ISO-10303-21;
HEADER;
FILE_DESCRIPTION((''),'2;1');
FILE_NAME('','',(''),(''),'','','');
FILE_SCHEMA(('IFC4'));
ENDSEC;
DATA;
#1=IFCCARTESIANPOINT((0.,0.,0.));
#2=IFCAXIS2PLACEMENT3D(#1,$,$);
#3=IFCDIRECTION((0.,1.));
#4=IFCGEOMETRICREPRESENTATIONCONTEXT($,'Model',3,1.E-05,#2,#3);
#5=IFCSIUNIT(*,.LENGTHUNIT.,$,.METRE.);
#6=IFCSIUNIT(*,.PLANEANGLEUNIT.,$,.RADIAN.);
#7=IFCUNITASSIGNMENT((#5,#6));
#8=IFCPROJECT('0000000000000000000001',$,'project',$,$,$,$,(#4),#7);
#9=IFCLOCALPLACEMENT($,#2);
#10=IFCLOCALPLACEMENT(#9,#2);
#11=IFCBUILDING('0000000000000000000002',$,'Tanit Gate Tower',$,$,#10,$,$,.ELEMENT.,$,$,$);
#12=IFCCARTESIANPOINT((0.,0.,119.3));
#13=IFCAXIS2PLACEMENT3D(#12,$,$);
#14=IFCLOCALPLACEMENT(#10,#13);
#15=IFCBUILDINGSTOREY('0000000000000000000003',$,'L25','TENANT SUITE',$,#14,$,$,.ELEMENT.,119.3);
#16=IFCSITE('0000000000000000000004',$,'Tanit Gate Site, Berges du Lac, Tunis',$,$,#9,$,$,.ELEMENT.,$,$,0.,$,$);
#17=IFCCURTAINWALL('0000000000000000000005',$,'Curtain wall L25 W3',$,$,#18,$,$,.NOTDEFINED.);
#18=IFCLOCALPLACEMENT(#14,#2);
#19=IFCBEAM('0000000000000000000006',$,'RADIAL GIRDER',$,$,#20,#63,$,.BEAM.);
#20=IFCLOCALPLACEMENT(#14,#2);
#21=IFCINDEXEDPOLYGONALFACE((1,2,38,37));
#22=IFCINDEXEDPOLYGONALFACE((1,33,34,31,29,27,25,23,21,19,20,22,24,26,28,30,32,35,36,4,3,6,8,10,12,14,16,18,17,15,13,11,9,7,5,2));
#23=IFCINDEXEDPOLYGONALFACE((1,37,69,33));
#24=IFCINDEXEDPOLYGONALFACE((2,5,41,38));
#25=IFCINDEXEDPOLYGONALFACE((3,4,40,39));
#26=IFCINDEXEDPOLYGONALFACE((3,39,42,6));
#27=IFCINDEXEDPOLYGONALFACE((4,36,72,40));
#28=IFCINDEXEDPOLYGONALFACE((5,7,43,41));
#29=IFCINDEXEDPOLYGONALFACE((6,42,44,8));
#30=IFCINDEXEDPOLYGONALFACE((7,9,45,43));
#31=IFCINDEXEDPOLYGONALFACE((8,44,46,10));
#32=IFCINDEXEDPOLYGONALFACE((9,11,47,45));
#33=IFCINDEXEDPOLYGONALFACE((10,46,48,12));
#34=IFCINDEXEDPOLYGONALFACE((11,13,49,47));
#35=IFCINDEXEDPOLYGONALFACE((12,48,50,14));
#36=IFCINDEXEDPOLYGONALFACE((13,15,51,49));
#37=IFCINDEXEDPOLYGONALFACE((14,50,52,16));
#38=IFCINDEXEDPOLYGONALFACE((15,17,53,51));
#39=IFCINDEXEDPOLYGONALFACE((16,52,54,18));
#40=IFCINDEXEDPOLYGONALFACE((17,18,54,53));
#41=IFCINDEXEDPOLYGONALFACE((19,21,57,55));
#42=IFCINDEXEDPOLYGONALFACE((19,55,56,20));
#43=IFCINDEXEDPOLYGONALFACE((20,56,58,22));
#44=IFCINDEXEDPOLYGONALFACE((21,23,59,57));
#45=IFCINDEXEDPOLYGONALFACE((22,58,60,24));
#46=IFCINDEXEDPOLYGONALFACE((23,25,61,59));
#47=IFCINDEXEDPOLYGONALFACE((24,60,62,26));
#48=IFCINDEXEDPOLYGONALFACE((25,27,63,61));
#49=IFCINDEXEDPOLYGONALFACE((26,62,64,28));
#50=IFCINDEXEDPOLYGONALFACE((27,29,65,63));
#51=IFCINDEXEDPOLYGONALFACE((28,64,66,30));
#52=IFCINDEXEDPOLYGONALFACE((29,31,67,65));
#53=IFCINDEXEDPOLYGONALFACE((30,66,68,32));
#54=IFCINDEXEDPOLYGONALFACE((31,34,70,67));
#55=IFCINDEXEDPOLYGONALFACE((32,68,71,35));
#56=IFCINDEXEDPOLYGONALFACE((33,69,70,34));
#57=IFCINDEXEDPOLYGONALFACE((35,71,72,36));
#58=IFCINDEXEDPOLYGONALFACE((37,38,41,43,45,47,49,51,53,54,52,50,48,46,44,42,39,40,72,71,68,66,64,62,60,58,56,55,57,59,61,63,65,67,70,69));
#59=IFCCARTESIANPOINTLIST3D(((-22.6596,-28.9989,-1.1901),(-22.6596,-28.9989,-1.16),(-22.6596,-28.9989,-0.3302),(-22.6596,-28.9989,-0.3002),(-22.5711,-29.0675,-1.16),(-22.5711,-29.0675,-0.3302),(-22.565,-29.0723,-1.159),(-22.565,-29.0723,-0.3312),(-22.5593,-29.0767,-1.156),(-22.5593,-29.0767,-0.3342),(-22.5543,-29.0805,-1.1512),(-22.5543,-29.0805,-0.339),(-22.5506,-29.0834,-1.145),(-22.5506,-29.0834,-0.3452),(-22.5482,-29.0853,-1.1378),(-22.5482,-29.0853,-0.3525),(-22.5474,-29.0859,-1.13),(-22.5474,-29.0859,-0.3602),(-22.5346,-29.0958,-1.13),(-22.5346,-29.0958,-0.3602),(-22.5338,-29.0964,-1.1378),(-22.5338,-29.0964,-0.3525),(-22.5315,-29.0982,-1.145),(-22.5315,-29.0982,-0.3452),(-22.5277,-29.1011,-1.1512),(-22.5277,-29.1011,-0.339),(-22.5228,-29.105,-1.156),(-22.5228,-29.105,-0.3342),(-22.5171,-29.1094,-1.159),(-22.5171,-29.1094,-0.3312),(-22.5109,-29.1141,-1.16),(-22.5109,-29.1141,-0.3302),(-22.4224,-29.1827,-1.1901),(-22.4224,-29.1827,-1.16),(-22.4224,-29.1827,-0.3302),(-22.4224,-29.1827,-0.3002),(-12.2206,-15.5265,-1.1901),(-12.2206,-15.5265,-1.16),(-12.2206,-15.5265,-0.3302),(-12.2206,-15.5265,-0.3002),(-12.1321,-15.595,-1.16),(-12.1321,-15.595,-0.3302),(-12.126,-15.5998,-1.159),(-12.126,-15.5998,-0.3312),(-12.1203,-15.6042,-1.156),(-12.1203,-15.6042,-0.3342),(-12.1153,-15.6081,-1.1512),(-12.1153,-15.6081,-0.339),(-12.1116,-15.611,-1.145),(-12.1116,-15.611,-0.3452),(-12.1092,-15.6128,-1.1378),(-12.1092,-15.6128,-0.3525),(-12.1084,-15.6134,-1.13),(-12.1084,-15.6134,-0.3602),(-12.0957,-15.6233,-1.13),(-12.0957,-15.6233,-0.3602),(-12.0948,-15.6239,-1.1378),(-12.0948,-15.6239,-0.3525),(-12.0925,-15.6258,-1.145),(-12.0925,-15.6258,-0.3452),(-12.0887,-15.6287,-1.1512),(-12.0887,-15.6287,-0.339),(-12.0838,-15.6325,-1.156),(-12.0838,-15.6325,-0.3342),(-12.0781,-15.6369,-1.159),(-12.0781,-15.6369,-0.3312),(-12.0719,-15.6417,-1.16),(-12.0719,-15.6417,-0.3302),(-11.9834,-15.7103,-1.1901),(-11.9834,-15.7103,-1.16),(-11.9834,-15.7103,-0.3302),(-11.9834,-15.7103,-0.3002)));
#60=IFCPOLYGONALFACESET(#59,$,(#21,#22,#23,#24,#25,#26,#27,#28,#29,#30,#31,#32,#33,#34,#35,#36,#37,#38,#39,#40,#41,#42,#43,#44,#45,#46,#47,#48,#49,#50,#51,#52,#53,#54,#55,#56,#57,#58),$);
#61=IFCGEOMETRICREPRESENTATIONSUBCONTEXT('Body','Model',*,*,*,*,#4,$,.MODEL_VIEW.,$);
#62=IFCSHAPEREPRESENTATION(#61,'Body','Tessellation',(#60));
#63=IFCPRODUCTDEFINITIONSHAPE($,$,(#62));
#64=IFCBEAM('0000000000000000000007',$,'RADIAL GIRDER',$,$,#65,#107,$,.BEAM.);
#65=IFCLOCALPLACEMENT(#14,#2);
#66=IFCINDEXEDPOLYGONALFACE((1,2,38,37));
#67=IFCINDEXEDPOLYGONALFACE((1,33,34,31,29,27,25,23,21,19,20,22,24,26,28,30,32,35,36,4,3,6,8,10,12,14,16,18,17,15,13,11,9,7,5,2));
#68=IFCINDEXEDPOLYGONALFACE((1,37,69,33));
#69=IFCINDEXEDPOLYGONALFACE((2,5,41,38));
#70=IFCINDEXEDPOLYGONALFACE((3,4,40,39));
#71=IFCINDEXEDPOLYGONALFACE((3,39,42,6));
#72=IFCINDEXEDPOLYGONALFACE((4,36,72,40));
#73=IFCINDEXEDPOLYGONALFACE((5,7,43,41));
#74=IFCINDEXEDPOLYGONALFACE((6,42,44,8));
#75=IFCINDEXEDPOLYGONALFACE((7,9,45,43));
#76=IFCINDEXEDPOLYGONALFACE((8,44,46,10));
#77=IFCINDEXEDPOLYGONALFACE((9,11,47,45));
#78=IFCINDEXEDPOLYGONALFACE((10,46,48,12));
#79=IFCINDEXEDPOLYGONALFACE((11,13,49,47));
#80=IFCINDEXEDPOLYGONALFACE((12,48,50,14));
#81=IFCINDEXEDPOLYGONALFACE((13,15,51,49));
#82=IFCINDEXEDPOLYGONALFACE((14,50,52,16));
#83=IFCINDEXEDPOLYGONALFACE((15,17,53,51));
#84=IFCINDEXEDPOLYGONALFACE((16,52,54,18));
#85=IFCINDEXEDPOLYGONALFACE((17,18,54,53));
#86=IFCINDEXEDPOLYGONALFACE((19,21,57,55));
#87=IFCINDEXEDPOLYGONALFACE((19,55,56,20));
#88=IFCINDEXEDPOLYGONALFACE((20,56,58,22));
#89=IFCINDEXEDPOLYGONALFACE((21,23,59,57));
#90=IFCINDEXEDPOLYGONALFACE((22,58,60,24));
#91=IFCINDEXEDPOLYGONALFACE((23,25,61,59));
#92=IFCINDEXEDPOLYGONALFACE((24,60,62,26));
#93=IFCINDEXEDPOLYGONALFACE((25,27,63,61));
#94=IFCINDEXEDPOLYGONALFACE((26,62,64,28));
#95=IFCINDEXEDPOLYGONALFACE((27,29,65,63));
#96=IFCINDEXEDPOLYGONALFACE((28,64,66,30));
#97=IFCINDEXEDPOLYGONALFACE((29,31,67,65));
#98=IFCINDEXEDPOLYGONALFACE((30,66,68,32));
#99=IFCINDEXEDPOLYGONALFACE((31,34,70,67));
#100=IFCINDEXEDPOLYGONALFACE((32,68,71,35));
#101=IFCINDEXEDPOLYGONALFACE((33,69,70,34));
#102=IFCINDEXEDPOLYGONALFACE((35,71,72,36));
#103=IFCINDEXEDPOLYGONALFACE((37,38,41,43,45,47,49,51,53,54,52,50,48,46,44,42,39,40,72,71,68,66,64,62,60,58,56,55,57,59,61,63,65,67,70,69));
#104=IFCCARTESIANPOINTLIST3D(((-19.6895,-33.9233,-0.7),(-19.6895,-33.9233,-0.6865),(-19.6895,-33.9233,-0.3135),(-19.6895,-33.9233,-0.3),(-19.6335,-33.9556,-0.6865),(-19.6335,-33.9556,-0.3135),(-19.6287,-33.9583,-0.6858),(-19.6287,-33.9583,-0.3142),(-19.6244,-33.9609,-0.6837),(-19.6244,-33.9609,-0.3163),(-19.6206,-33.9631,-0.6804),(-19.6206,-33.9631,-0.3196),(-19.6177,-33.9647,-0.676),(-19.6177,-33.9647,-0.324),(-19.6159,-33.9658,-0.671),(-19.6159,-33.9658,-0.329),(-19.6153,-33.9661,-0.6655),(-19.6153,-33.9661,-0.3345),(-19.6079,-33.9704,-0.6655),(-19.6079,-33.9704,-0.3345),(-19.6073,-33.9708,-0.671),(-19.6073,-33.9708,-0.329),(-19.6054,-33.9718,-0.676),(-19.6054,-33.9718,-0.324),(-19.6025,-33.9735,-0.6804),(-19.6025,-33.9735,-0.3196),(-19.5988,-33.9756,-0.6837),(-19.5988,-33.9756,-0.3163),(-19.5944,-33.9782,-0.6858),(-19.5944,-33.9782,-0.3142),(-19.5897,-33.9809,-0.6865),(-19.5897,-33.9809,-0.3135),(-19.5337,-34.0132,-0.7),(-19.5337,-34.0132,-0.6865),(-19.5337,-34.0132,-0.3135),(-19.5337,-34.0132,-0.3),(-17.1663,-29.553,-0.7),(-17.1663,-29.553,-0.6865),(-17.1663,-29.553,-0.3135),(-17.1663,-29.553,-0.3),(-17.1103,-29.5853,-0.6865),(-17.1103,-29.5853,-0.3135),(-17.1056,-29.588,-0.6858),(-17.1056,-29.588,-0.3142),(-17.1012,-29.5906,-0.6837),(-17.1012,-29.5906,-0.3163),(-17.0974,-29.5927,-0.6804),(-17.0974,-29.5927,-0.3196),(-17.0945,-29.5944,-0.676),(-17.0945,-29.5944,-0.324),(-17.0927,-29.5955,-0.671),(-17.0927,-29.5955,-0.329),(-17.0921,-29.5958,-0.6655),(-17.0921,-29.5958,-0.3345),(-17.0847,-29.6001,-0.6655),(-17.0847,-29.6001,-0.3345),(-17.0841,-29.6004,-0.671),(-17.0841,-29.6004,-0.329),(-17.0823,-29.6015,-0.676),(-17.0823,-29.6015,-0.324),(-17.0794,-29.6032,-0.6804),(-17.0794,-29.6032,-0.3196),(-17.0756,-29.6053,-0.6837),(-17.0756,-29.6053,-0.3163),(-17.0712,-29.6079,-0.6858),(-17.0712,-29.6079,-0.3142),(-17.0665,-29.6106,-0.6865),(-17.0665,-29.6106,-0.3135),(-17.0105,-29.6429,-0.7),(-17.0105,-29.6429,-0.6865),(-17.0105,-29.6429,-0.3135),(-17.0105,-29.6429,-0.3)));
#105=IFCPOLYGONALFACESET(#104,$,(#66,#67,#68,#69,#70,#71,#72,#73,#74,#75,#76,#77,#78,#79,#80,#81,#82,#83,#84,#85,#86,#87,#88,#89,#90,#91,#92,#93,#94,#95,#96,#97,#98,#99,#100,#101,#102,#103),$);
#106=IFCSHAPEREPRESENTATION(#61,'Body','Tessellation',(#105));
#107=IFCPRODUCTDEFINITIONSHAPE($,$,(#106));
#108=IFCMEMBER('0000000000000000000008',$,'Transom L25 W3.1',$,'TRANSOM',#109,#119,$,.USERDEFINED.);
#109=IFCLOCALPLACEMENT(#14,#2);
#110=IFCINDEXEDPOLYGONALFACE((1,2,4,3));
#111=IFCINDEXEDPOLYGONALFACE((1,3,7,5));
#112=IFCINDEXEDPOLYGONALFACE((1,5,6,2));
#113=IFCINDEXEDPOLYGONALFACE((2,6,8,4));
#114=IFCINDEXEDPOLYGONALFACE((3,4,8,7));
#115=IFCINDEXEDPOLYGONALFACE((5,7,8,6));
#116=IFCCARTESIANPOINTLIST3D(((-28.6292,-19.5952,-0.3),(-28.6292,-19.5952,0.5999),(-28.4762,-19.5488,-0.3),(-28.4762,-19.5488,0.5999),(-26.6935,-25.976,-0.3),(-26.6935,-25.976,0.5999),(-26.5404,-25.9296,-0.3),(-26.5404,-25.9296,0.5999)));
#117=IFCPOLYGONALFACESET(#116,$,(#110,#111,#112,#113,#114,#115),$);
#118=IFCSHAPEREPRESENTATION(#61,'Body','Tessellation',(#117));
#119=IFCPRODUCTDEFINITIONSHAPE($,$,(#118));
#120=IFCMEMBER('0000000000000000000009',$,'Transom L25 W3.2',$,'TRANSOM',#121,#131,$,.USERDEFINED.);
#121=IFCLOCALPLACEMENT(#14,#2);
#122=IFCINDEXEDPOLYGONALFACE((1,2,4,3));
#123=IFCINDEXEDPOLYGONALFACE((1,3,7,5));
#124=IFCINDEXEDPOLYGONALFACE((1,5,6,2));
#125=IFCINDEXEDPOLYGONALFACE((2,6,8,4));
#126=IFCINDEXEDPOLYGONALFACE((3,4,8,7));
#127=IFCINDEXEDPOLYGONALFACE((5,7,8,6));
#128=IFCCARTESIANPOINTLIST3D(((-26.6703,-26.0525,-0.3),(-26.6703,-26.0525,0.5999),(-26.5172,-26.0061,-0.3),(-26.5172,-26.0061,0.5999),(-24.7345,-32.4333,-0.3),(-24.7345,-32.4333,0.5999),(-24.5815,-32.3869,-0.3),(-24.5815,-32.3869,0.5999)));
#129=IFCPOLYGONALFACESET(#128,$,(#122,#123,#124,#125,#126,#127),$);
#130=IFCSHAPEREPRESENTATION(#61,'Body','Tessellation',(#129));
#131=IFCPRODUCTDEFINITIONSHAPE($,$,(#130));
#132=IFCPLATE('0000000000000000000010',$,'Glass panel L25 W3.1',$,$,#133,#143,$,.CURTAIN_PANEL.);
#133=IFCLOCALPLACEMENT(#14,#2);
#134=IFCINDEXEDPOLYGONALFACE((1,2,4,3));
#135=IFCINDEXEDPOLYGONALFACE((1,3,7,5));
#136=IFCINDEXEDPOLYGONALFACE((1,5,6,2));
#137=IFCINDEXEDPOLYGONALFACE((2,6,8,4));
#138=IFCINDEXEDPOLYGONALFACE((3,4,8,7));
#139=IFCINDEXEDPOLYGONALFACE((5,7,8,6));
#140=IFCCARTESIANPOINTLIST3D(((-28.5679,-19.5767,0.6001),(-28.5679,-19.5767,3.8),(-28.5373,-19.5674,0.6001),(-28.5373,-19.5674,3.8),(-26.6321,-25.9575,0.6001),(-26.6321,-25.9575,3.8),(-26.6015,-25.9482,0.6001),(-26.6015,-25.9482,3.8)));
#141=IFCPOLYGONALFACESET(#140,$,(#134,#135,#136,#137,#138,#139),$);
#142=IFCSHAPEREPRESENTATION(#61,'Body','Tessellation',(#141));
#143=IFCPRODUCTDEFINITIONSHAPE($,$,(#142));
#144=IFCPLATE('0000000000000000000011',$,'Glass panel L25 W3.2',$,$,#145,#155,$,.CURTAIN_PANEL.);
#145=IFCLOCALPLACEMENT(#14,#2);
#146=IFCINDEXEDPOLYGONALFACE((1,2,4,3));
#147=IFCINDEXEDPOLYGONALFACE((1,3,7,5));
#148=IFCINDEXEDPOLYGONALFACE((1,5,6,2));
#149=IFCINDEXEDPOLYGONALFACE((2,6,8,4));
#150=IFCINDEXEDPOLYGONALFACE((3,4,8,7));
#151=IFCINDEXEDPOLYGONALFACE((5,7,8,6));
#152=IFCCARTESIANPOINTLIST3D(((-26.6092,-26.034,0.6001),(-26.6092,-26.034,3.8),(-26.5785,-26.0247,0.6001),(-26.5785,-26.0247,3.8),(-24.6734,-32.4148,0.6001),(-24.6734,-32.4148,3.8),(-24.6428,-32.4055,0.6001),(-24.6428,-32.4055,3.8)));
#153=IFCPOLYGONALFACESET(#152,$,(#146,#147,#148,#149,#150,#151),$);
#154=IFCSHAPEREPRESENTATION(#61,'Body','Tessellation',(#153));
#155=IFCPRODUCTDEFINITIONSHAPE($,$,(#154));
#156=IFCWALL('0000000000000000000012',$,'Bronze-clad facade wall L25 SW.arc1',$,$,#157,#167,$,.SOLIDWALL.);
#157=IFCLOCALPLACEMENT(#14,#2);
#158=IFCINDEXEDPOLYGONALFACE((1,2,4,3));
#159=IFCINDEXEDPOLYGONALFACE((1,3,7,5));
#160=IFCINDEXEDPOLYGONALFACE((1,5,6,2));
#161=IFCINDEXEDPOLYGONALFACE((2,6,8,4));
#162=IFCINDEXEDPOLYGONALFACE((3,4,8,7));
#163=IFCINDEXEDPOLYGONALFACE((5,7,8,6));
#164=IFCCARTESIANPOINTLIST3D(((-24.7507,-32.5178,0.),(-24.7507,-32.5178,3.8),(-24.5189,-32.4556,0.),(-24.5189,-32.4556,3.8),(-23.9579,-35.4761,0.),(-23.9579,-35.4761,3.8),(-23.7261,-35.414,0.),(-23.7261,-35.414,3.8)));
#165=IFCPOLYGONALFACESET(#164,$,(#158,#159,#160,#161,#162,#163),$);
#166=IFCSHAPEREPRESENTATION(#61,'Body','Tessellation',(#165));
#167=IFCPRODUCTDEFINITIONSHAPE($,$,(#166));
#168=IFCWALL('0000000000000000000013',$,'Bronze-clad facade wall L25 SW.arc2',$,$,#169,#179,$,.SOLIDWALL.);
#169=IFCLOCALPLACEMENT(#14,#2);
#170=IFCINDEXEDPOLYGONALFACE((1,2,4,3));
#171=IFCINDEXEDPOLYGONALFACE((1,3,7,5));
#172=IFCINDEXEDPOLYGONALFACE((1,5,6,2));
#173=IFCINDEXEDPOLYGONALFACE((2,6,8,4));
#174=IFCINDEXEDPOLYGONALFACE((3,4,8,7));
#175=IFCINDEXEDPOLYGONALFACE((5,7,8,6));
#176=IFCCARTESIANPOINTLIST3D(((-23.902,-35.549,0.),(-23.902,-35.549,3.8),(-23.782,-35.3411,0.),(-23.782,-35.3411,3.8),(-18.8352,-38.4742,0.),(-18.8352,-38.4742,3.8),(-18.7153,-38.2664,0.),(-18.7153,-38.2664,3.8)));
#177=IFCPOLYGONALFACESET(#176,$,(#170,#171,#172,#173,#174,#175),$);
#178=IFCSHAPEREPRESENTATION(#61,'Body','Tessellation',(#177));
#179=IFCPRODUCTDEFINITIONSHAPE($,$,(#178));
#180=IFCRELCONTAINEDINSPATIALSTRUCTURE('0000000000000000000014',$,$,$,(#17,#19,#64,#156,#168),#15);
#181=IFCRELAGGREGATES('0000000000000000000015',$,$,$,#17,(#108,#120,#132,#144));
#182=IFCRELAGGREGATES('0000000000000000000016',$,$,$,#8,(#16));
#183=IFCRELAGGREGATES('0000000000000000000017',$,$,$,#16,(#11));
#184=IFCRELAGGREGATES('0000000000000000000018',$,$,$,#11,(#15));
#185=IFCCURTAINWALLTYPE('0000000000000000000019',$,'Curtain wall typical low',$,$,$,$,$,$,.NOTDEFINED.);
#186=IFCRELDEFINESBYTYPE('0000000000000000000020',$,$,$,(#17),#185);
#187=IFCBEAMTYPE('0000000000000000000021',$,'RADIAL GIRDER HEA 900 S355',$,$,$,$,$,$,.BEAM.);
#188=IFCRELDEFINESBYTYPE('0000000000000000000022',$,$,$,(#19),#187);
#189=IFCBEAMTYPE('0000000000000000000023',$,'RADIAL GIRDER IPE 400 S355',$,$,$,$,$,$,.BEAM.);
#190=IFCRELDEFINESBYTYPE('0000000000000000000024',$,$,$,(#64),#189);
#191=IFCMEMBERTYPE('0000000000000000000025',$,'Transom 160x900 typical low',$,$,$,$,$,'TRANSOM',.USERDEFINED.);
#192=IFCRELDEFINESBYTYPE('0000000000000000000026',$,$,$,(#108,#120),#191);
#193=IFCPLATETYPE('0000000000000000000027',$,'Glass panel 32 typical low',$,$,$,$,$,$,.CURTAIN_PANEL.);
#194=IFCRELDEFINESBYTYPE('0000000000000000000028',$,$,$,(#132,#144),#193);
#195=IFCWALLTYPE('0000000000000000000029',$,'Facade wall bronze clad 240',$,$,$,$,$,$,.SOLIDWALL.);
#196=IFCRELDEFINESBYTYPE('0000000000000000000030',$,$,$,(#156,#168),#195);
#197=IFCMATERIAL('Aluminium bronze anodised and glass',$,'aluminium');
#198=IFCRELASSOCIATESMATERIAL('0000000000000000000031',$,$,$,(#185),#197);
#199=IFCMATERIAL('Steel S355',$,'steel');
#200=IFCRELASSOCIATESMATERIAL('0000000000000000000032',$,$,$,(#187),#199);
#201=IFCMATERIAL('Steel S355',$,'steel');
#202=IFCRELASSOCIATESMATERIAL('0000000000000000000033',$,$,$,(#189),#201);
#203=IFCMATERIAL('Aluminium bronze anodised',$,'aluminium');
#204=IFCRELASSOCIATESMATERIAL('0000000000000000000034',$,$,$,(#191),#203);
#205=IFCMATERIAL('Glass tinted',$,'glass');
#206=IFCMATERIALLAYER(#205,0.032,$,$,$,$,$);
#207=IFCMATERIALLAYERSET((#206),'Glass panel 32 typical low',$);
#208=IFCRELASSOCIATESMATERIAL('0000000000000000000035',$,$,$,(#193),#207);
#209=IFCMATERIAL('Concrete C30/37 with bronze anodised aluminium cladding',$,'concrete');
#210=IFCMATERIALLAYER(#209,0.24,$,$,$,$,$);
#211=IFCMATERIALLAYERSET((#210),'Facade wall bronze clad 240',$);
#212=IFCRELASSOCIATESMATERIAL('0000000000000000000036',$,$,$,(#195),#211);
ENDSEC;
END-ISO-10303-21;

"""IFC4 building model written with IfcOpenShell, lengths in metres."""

from ifc_helpers import new_model, si_unit, direction, frame, frame_2d, origin, origin_2d, place, context, subcontext, project, spatial, rectangle, i_section, extrude, material, layer, layer_set, material_profile, profile_set, type_object, element, aggregate, save


model = new_model("IFC4")

# Units and contexts
model_context = context("Model", 3, precision=1e-05, world=origin(), true_north=direction((0.0, 1.0)))
body_context = subcontext(model_context, "Body", "Model", "MODEL_VIEW")
ifc_project = project(units=[si_unit("LENGTHUNIT", "METRE"), si_unit("PLANEANGLEUNIT", "RADIAN")], contexts=[model_context])

# Site, building, storey
site_placement = place(None, origin())
site = spatial("IfcSite", under=ifc_project, at=site_placement, Name="Tanit Gate Site, Berges du Lac, Tunis", CompositionType="ELEMENT", RefElevation=0.0)
building_placement = place(site_placement, origin())
building = spatial("IfcBuilding", under=site, at=building_placement, Name="Tanit Gate Tower", CompositionType="ELEMENT")
storey_placement = place(building_placement, frame((0.0, 0.0, 119.3)))
storey = spatial("IfcBuildingStorey", under=building, at=storey_placement, Name="L25", Description="TENANT SUITE", CompositionType="ELEMENT", Elevation=119.3)

# Curtain wall
ifc_material_1 = material(Name="Aluminium bronze anodised and glass", Category="aluminium")
curtain_wall_type = type_object("IfcCurtainWallType", Name="Curtain wall typical low", PredefinedType="NOTDEFINED", material=ifc_material_1)
curtain_wall_1_placement = place(storey_placement, origin())
curtain_wall_1 = element("IfcCurtainWall", 1, at=curtain_wall_1_placement, inside=storey, type_object=curtain_wall_type, Name="Curtain wall L25 W3", PredefinedType="NOTDEFINED")

# Beams
ifc_material_2 = material(Name="Steel S355", Category="steel")
ifc_material_profile_1 = material_profile(ifc_material_2, i_section(OverallWidth=0.3, OverallDepth=0.8899, WebThickness=0.0161, FlangeThickness=0.03, FilletRadius=0.03, at=origin_2d()), Name="HEA 900")
ifc_profile_set_1 = profile_set([ifc_material_profile_1], Name="Steel S355")
beam_type_1 = type_object("IfcBeamType", Name="RADIAL GIRDER HEA 900 S355", PredefinedType="BEAM", material=ifc_profile_set_1)
beam_1_placement = place(storey_placement, frame((-22.541, -29.0908, -0.7451), z_axis=(0.612493, 0.790476, 0.0), x_axis=(-0.790476, 0.612493, 0.0)))
element("IfcBeam", 2, at=beam_1_placement, inside=storey, type_object=beam_type_1, Name="RADIAL GIRDER", PredefinedType="BEAM", context=body_context, shape_type="SweptSolid", body=[
    extrude(i_section(OverallWidth=0.3, OverallDepth=0.8899, WebThickness=0.0161, FlangeThickness=0.03, FilletRadius=0.03, at=origin_2d()), origin(), (0.0, 0.0, 1.0), 17.0435),
])
ifc_material_3 = material(Name="Steel S355", Category="steel")
ifc_material_profile_2 = material_profile(ifc_material_3, i_section(OverallWidth=0.1799, OverallDepth=0.3999, WebThickness=0.0085, FlangeThickness=0.0134, FilletRadius=0.021, at=origin_2d()), Name="IPE 400")
ifc_profile_set_2 = profile_set([ifc_material_profile_2], Name="Steel S355")
beam_type_2 = type_object("IfcBeamType", Name="RADIAL GIRDER IPE 400 S355", PredefinedType="BEAM", material=ifc_profile_set_2)
beam_2_placement = place(storey_placement, frame((-19.6116, -33.9683, -0.5), z_axis=(0.499995, 0.866028, 0.0), x_axis=(-0.866028, 0.499995, 0.0)))
element("IfcBeam", 3, at=beam_2_placement, inside=storey, type_object=beam_type_2, Name="RADIAL GIRDER", PredefinedType="BEAM", context=body_context, shape_type="SweptSolid", body=[
    extrude(i_section(OverallWidth=0.1799, OverallDepth=0.3999, WebThickness=0.0085, FlangeThickness=0.0134, FilletRadius=0.021, at=origin_2d()), origin(), (0.0, 0.0, 1.0), 5.0464),
])

# Members
ifc_material_4 = material(Name="Aluminium bronze anodised", Category="aluminium")
ifc_material_profile_3 = material_profile(ifc_material_4, rectangle(XDim=0.1599, YDim=0.8999, at=origin_2d()), Name="160x900 bronze transom")
ifc_profile_set_3 = profile_set([ifc_material_profile_3], Name="Aluminium bronze anodised")
member_type_1 = type_object("IfcMemberType", Name="Transom 160x900 typical low", ElementType="TRANSOM", PredefinedType="USERDEFINED", material=ifc_profile_set_3)
member_1_placement = place(storey_placement, frame((-28.5527, -19.572, 0.1499), z_axis=(0.290309, -0.956933, 0.0), x_axis=(0.956933, 0.290309, 0.0)))
member_1 = element("IfcMember", 4, at=member_1_placement, type_object=member_type_1, Name="Transom L25 W3.1", ObjectType="TRANSOM", PredefinedType="USERDEFINED", context=body_context, shape_type="SweptSolid", body=[
    extrude(rectangle(XDim=0.1599, YDim=0.8999, at=origin_2d()), origin(), (0.0, 0.0, 1.0), 6.668),
])
member_2_placement = place(storey_placement, frame((-26.5938, -26.0293, 0.1499), z_axis=(0.290309, -0.956933, 0.0), x_axis=(0.956933, 0.290309, 0.0)))
member_2 = element("IfcMember", 5, at=member_2_placement, type_object=member_type_1, Name="Transom L25 W3.2", ObjectType="TRANSOM", PredefinedType="USERDEFINED", context=body_context, shape_type="SweptSolid", body=[
    extrude(rectangle(XDim=0.1599, YDim=0.8999, at=origin_2d()), origin(), (0.0, 0.0, 1.0), 6.668),
])

# Plates
ifc_material_5 = material(Name="Glass tinted", Category="glass")
ifc_layer_1 = layer(ifc_material_5, 0.032)
ifc_layer_set_1 = layer_set([ifc_layer_1], Name="Glass panel 32 typical low")
plate_type = type_object("IfcPlateType", Name="Glass panel 32 typical low", PredefinedType="CURTAIN_PANEL", material=ifc_layer_set_1)
plate_1_placement = place(storey_placement, frame((-27.5847, -22.7625, 0.6001), z_axis=(0.0, 0.0, 1.0), x_axis=(0.290305, -0.956934, 0.0)))
plate_1 = element("IfcPlate", 6, at=plate_1_placement, type_object=plate_type, Name="Glass panel L25 W3.1", PredefinedType="CURTAIN_PANEL", context=body_context, shape_type="SweptSolid", body=[
    extrude(rectangle(XDim=6.668, YDim=0.032, at=origin_2d()), origin(), (0.0, 0.0, 1.0), 3.2),
])
plate_2_placement = place(storey_placement, frame((-25.626, -29.2197, 0.6001), z_axis=(0.0, 0.0, 1.0), x_axis=(0.290305, -0.956934, 0.0)))
plate_2 = element("IfcPlate", 7, at=plate_2_placement, type_object=plate_type, Name="Glass panel L25 W3.2", PredefinedType="CURTAIN_PANEL", context=body_context, shape_type="SweptSolid", body=[
    extrude(rectangle(XDim=6.668, YDim=0.032, at=origin_2d()), origin(), (0.0, 0.0, 1.0), 3.2),
])
aggregate(curtain_wall_1, [member_1, member_2, plate_1, plate_2])

# Walls
ifc_material_6 = material(Name="Concrete C30/37 with bronze anodised aluminium cladding", Category="concrete")
ifc_layer_2 = layer(ifc_material_6, 0.24)
ifc_layer_set_2 = layer_set([ifc_layer_2], Name="Facade wall bronze clad 240")
wall_type_1 = type_object("IfcWallType", Name="Facade wall bronze clad 240", PredefinedType="SOLIDWALL", material=ifc_layer_set_2)
wall_1_placement = place(storey_placement, frame((-24.6348, -32.4868, 0.0), z_axis=(0.0, 0.0, 1.0), x_axis=(0.258838, -0.965921, 0.0)))
element("IfcWall", 8, at=wall_1_placement, inside=storey, type_object=wall_type_1, Name="Bronze-clad facade wall L25 SW.arc1", PredefinedType="SOLIDWALL", context=body_context, shape_type="SweptSolid", body=[
    extrude(rectangle(XDim=3.0627, YDim=0.24, at=frame_2d((1.5312, 0.0))), origin(), (0.0, 0.0, 1.0), 3.8),
])
wall_2_placement = place(storey_placement, frame((-23.842, -35.4451, 0.0), z_axis=(0.0, 0.0, 1.0), x_axis=(0.866031, -0.49999, 0.0)))
element("IfcWall", 9, at=wall_2_placement, inside=storey, type_object=wall_type_1, Name="Bronze-clad facade wall L25 SW.arc2", PredefinedType="SOLIDWALL", context=body_context, shape_type="SweptSolid", body=[
    extrude(rectangle(XDim=5.8506, YDim=0.24, at=frame_2d((2.9253, 0.0))), origin(), (0.0, 0.0, 1.0), 3.8),
])

save(model, "model.ifc")
